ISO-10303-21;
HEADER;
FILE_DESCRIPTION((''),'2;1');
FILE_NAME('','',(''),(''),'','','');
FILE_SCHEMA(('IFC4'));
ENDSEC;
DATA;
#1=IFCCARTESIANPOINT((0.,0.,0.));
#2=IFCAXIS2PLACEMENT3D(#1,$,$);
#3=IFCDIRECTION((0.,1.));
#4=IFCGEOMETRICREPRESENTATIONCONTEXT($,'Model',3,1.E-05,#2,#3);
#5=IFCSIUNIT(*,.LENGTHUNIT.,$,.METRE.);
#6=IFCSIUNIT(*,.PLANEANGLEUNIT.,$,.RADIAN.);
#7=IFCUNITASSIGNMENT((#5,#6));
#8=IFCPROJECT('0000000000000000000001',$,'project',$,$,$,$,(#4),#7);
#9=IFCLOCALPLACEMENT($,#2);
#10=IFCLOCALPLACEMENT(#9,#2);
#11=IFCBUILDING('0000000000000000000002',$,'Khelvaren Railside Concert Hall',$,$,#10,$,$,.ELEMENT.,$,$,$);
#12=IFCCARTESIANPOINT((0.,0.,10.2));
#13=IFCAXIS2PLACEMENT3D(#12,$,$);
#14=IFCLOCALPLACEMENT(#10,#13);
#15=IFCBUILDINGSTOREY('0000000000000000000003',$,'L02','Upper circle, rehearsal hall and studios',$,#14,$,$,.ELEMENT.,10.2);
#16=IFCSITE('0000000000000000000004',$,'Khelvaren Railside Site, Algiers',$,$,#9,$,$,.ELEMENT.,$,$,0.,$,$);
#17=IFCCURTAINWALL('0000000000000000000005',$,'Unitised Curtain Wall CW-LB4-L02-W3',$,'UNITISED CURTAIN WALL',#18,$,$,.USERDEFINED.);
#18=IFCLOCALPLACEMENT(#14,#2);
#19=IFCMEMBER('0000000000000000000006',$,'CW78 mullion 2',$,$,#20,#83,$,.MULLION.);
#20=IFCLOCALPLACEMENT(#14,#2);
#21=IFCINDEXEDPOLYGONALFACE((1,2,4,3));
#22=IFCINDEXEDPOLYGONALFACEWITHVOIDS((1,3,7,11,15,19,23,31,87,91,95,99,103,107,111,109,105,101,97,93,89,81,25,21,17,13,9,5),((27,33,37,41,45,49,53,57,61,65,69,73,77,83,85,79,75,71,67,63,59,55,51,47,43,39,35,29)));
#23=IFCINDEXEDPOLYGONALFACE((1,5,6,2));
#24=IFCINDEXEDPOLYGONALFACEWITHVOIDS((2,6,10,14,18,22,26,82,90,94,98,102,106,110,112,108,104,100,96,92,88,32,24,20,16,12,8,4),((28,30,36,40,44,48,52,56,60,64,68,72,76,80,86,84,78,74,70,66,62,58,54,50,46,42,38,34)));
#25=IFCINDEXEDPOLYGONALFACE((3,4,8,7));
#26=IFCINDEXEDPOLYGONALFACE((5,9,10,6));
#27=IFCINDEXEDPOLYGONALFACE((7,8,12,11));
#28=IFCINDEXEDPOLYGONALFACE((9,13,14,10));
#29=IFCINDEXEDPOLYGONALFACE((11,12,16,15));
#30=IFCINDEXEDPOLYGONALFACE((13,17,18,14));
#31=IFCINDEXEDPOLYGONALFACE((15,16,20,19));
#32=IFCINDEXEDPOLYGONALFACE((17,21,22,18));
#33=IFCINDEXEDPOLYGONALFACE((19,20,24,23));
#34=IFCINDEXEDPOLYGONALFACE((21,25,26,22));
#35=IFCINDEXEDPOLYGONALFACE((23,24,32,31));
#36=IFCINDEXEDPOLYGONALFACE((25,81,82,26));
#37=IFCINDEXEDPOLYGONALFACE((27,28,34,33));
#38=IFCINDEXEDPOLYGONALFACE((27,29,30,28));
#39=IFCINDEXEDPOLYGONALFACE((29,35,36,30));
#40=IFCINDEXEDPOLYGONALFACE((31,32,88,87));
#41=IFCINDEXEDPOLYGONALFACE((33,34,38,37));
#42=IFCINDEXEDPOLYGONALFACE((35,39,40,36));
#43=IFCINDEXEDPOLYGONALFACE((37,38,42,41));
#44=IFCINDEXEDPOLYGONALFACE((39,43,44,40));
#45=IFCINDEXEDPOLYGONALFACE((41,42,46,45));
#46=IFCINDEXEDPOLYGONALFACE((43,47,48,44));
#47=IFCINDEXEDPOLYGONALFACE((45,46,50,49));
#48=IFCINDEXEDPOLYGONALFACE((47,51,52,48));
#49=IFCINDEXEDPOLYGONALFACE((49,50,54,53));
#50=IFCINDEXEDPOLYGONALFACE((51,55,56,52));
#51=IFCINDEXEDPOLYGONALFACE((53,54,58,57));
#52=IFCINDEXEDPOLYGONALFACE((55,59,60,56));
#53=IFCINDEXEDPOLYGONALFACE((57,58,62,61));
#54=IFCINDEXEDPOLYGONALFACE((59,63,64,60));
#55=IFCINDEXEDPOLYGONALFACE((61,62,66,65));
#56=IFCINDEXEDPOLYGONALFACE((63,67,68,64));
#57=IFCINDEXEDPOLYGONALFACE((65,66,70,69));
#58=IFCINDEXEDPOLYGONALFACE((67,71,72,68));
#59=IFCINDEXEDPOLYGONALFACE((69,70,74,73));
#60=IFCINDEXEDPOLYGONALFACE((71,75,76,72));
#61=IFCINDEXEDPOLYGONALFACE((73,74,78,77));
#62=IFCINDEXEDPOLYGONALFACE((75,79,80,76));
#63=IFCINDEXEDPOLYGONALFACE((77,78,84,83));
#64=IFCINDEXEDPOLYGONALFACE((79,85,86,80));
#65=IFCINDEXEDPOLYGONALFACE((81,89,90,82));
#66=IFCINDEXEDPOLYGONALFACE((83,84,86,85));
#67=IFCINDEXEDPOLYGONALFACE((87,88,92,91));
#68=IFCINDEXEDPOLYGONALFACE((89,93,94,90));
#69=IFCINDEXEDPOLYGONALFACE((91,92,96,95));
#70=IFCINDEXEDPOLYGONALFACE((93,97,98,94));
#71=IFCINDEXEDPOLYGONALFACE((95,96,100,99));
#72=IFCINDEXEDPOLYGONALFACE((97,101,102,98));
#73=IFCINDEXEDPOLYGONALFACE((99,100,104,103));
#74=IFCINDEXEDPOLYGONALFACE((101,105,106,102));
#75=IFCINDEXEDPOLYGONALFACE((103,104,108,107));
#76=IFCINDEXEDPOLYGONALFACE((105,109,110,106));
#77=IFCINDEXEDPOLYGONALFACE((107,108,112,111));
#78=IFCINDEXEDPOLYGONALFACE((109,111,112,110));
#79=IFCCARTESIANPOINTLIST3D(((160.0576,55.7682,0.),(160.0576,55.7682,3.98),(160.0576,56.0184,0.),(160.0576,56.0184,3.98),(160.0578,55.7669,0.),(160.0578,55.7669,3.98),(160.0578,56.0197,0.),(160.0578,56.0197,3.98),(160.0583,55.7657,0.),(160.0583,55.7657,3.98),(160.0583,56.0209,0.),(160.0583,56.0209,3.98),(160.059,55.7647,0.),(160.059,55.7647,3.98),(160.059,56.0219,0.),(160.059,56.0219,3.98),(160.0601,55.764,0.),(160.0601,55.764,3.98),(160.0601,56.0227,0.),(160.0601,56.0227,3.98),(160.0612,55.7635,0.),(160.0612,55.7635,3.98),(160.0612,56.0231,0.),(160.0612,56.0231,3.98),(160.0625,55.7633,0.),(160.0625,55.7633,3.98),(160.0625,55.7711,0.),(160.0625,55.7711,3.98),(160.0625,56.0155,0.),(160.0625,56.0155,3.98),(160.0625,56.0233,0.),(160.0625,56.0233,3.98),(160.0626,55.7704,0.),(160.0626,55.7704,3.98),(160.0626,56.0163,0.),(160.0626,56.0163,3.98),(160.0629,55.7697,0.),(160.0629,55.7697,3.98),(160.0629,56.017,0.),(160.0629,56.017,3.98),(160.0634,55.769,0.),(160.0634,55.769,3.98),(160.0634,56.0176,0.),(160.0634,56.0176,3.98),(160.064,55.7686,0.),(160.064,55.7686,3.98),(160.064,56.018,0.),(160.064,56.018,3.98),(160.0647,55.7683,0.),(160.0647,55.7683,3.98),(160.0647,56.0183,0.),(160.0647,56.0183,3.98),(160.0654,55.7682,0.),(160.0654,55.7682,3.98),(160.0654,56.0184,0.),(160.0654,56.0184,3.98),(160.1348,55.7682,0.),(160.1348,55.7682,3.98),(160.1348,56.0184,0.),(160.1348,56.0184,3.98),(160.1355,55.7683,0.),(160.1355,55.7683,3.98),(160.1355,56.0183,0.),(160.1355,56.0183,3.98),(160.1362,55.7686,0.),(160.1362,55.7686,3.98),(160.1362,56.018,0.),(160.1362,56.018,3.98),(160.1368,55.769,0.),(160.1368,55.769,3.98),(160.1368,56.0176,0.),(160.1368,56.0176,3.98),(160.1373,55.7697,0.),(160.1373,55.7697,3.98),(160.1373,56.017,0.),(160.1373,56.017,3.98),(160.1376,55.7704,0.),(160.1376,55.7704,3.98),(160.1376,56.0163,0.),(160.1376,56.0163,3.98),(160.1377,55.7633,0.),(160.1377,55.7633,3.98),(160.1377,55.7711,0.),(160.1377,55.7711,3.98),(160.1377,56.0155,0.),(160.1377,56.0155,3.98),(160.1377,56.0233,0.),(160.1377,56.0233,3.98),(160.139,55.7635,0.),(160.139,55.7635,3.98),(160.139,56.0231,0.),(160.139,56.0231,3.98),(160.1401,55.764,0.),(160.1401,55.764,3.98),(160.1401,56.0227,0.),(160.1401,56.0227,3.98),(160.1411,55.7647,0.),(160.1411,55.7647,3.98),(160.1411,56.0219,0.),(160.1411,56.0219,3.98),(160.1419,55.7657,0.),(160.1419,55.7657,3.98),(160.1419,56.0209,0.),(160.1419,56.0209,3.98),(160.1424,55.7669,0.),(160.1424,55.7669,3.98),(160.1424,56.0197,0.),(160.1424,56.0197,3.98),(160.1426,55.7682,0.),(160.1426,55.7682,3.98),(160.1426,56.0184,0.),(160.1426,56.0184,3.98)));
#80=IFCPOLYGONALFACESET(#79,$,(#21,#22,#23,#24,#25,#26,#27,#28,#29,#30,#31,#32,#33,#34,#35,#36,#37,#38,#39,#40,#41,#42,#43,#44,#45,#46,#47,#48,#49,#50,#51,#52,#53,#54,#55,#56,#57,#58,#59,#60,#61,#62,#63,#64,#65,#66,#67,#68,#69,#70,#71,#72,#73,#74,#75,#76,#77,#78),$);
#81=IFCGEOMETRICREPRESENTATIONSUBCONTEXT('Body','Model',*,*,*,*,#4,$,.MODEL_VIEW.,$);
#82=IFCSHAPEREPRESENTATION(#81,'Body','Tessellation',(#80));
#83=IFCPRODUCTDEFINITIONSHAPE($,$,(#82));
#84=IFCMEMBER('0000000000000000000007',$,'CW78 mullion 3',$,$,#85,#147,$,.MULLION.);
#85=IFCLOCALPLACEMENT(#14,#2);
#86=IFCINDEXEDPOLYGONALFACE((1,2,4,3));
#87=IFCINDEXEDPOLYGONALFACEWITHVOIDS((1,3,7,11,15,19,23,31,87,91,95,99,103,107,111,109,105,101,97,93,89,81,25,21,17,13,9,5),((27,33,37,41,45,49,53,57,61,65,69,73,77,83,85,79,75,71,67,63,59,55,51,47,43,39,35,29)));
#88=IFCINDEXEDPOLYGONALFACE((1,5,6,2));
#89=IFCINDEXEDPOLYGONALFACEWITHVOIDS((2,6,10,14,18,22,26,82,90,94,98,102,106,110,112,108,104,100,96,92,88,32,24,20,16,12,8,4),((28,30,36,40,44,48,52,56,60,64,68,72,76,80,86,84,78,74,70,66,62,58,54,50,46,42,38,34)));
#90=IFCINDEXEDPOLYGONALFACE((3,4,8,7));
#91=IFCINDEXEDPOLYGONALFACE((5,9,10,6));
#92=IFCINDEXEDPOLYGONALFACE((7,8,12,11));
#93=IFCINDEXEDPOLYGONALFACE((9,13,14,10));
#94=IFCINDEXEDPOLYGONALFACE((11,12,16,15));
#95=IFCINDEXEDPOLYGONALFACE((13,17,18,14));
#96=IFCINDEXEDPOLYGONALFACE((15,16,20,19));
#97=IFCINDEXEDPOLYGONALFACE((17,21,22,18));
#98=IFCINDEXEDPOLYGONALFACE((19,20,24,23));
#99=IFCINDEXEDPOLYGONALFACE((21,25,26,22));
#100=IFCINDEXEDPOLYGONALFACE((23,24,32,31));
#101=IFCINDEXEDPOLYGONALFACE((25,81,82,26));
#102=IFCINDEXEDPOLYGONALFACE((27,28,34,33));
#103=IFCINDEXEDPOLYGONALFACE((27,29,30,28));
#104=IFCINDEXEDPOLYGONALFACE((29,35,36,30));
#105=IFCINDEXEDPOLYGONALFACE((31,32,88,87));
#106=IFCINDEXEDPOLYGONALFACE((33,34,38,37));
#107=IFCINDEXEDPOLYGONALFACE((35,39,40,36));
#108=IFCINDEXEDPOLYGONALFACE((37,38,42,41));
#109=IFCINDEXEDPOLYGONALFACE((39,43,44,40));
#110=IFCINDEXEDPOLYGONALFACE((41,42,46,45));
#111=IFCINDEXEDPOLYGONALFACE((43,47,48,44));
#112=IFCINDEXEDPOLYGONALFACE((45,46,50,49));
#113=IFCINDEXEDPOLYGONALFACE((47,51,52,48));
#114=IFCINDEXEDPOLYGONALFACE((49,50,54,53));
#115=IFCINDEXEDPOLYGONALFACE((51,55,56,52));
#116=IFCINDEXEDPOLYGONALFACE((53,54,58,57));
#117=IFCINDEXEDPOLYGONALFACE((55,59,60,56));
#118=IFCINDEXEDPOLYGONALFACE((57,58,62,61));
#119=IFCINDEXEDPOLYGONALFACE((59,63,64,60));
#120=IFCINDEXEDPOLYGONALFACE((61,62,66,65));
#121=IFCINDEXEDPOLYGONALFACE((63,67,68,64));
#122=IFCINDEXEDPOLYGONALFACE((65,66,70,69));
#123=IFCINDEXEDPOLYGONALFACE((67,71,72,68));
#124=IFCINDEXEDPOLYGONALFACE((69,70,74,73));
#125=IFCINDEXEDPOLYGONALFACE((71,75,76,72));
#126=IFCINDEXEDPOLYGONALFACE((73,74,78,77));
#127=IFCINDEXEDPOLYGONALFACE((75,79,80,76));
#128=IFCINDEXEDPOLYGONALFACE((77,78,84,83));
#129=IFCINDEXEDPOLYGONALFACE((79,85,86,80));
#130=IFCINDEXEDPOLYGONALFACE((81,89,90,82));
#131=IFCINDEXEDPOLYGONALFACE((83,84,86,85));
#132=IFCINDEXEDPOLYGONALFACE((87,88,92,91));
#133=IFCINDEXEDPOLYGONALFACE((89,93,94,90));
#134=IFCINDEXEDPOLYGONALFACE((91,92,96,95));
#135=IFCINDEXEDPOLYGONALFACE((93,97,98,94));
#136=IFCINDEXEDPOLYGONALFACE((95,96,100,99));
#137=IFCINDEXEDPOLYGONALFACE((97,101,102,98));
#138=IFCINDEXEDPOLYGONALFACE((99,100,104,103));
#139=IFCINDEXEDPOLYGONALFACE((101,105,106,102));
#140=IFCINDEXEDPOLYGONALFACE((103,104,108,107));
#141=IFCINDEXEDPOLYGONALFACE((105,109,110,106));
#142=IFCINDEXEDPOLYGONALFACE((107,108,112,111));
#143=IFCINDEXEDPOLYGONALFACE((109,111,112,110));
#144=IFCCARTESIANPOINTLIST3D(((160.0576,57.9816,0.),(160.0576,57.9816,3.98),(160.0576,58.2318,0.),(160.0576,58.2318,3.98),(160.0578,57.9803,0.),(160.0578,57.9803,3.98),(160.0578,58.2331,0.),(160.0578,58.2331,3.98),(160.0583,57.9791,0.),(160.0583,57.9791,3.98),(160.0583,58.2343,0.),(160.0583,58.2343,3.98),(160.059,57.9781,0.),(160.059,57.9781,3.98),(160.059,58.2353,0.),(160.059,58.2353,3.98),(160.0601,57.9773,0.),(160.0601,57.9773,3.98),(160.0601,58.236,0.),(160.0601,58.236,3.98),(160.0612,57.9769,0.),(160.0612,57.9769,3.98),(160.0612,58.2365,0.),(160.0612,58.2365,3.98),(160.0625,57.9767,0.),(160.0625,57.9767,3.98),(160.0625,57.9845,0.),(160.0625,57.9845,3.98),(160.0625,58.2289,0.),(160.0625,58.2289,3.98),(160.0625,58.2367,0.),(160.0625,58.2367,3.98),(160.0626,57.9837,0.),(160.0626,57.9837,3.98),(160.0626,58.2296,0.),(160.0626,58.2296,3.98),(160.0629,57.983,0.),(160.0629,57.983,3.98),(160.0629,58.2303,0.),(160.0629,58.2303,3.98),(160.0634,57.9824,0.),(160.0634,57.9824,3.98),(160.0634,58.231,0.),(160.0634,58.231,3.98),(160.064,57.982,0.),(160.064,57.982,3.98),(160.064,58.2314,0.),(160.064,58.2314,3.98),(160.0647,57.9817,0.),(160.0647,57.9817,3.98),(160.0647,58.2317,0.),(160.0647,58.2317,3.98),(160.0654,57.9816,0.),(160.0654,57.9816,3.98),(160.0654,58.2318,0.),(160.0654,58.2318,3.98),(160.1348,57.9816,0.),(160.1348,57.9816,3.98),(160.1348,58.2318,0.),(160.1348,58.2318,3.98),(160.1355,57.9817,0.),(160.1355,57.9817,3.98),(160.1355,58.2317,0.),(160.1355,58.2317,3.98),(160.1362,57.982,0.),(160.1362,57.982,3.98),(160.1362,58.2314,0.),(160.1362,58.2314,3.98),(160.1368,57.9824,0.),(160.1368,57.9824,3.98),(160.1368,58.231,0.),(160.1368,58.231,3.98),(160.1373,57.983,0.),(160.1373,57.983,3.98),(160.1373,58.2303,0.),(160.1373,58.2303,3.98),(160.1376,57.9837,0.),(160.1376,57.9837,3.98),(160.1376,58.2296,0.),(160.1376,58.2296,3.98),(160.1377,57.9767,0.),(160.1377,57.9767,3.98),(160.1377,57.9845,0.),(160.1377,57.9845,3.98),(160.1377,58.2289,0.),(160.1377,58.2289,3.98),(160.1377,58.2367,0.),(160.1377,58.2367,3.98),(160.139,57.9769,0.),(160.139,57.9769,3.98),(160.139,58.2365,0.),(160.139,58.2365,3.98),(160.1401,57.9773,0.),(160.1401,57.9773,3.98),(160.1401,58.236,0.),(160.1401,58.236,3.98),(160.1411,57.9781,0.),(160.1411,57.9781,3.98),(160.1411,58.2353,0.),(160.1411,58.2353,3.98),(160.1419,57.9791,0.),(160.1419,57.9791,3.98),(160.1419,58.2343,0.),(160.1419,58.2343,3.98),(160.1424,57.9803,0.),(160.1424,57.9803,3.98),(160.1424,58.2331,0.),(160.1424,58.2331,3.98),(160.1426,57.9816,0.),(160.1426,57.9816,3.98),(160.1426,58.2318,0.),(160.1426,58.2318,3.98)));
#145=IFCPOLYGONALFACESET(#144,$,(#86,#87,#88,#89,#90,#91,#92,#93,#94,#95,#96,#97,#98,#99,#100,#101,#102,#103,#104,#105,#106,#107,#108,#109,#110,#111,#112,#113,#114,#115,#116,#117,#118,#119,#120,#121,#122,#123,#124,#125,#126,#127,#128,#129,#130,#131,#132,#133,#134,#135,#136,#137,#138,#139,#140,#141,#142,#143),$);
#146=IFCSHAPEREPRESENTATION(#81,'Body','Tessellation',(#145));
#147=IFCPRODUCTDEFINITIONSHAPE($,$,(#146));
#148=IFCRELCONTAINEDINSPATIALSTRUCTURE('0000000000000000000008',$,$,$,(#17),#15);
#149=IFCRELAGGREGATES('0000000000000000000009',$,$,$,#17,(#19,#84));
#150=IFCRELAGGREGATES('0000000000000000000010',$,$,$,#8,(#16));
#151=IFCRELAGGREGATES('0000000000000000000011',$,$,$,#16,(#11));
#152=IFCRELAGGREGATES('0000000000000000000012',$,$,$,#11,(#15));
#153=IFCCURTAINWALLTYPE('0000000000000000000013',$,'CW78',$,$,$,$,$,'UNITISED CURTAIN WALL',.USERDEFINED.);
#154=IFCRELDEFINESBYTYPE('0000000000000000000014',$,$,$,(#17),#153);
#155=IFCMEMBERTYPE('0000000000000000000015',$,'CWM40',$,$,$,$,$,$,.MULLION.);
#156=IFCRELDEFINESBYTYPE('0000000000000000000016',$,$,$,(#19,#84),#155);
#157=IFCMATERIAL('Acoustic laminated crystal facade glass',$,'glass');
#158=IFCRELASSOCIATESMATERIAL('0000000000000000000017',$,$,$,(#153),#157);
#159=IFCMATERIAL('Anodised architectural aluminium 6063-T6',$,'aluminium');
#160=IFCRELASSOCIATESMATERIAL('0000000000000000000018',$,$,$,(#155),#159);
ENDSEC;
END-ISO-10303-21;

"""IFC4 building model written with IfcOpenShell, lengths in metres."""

from ifc_helpers import new_model, si_unit, direction, frame, origin, origin_2d, place, context, subcontext, project, spatial, hollow_rectangle, extrude, material, material_profile, profile_set, type_object, element, aggregate, save


model = new_model("IFC4")

# Units and contexts
model_context = context("Model", 3, precision=1e-05, world=origin(), true_north=direction((0.0, 1.0)))
body_context = subcontext(model_context, "Body", "Model", "MODEL_VIEW")
ifc_project = project(units=[si_unit("LENGTHUNIT", "METRE"), si_unit("PLANEANGLEUNIT", "RADIAN")], contexts=[model_context])

# Site, building, storey
site_placement = place(None, origin())
site = spatial("IfcSite", under=ifc_project, at=site_placement, Name="Khelvaren Railside Site, Algiers", CompositionType="ELEMENT", RefElevation=0.0)
building_placement = place(site_placement, origin())
building = spatial("IfcBuilding", under=site, at=building_placement, Name="Khelvaren Railside Concert Hall", CompositionType="ELEMENT")
storey_placement = place(building_placement, frame((0.0, 0.0, 10.2)))
storey = spatial("IfcBuildingStorey", under=building, at=storey_placement, Name="L02", Description="Upper circle, rehearsal hall and studios", CompositionType="ELEMENT", Elevation=10.2)

# Shared definitions
ifc_material_1 = material(Name="Acoustic laminated crystal facade glass", Category="glass")
curtain_wall_type = type_object("IfcCurtainWallType", Name="CW78", ElementType="UNITISED CURTAIN WALL", PredefinedType="USERDEFINED", material=ifc_material_1)
ifc_material_2 = material(Name="Anodised architectural aluminium 6063-T6", Category="aluminium")
ifc_material_profile_1 = material_profile(ifc_material_2, hollow_rectangle(XDim=0.085, YDim=0.26, WallThickness=0.0049, InnerFilletRadius=0.0029, OuterFilletRadius=0.0049, at=origin_2d()), Name="CWM 85x260x5")
ifc_profile_set_1 = profile_set([ifc_material_profile_1], Name="Anodised architectural aluminium 6063-T6")
member_type_1 = type_object("IfcMemberType", Name="CWM40", PredefinedType="MULLION", material=ifc_profile_set_1)

# Curtain wall, members
curtain_wall_1_placement = place(storey_placement, origin())
curtain_wall_1 = element("IfcCurtainWall", 1, at=curtain_wall_1_placement, inside=storey, type_object=curtain_wall_type, Name="Unitised Curtain Wall CW-LB4-L02-W3", ObjectType="UNITISED CURTAIN WALL", PredefinedType="USERDEFINED")
member_1_placement = place(storey_placement, frame((160.1001, 55.8933, 0.0), z_axis=(0.0, 0.0, 1.0), x_axis=(-1.0, 0.0, 0.0)))
member_1 = element("IfcMember", 2, at=member_1_placement, type_object=member_type_1, Name="CW78 mullion 2", PredefinedType="MULLION", context=body_context, shape_type="SweptSolid", body=[
    extrude(hollow_rectangle(XDim=0.085, YDim=0.26, WallThickness=0.0049, InnerFilletRadius=0.0029, OuterFilletRadius=0.0049, at=origin_2d()), origin(), (0.0, 0.0, 1.0), 3.98),
])
member_2_placement = place(storey_placement, frame((160.1001, 58.1067, 0.0), z_axis=(0.0, 0.0, 1.0), x_axis=(-1.0, 0.0, 0.0)))
member_2 = element("IfcMember", 3, at=member_2_placement, type_object=member_type_1, Name="CW78 mullion 3", PredefinedType="MULLION", context=body_context, shape_type="SweptSolid", body=[
    extrude(hollow_rectangle(XDim=0.085, YDim=0.26, WallThickness=0.0049, InnerFilletRadius=0.0029, OuterFilletRadius=0.0049, at=origin_2d()), origin(), (0.0, 0.0, 1.0), 3.98),
])

aggregate(curtain_wall_1, [member_1, member_2])

save(model, "model.ifc")
